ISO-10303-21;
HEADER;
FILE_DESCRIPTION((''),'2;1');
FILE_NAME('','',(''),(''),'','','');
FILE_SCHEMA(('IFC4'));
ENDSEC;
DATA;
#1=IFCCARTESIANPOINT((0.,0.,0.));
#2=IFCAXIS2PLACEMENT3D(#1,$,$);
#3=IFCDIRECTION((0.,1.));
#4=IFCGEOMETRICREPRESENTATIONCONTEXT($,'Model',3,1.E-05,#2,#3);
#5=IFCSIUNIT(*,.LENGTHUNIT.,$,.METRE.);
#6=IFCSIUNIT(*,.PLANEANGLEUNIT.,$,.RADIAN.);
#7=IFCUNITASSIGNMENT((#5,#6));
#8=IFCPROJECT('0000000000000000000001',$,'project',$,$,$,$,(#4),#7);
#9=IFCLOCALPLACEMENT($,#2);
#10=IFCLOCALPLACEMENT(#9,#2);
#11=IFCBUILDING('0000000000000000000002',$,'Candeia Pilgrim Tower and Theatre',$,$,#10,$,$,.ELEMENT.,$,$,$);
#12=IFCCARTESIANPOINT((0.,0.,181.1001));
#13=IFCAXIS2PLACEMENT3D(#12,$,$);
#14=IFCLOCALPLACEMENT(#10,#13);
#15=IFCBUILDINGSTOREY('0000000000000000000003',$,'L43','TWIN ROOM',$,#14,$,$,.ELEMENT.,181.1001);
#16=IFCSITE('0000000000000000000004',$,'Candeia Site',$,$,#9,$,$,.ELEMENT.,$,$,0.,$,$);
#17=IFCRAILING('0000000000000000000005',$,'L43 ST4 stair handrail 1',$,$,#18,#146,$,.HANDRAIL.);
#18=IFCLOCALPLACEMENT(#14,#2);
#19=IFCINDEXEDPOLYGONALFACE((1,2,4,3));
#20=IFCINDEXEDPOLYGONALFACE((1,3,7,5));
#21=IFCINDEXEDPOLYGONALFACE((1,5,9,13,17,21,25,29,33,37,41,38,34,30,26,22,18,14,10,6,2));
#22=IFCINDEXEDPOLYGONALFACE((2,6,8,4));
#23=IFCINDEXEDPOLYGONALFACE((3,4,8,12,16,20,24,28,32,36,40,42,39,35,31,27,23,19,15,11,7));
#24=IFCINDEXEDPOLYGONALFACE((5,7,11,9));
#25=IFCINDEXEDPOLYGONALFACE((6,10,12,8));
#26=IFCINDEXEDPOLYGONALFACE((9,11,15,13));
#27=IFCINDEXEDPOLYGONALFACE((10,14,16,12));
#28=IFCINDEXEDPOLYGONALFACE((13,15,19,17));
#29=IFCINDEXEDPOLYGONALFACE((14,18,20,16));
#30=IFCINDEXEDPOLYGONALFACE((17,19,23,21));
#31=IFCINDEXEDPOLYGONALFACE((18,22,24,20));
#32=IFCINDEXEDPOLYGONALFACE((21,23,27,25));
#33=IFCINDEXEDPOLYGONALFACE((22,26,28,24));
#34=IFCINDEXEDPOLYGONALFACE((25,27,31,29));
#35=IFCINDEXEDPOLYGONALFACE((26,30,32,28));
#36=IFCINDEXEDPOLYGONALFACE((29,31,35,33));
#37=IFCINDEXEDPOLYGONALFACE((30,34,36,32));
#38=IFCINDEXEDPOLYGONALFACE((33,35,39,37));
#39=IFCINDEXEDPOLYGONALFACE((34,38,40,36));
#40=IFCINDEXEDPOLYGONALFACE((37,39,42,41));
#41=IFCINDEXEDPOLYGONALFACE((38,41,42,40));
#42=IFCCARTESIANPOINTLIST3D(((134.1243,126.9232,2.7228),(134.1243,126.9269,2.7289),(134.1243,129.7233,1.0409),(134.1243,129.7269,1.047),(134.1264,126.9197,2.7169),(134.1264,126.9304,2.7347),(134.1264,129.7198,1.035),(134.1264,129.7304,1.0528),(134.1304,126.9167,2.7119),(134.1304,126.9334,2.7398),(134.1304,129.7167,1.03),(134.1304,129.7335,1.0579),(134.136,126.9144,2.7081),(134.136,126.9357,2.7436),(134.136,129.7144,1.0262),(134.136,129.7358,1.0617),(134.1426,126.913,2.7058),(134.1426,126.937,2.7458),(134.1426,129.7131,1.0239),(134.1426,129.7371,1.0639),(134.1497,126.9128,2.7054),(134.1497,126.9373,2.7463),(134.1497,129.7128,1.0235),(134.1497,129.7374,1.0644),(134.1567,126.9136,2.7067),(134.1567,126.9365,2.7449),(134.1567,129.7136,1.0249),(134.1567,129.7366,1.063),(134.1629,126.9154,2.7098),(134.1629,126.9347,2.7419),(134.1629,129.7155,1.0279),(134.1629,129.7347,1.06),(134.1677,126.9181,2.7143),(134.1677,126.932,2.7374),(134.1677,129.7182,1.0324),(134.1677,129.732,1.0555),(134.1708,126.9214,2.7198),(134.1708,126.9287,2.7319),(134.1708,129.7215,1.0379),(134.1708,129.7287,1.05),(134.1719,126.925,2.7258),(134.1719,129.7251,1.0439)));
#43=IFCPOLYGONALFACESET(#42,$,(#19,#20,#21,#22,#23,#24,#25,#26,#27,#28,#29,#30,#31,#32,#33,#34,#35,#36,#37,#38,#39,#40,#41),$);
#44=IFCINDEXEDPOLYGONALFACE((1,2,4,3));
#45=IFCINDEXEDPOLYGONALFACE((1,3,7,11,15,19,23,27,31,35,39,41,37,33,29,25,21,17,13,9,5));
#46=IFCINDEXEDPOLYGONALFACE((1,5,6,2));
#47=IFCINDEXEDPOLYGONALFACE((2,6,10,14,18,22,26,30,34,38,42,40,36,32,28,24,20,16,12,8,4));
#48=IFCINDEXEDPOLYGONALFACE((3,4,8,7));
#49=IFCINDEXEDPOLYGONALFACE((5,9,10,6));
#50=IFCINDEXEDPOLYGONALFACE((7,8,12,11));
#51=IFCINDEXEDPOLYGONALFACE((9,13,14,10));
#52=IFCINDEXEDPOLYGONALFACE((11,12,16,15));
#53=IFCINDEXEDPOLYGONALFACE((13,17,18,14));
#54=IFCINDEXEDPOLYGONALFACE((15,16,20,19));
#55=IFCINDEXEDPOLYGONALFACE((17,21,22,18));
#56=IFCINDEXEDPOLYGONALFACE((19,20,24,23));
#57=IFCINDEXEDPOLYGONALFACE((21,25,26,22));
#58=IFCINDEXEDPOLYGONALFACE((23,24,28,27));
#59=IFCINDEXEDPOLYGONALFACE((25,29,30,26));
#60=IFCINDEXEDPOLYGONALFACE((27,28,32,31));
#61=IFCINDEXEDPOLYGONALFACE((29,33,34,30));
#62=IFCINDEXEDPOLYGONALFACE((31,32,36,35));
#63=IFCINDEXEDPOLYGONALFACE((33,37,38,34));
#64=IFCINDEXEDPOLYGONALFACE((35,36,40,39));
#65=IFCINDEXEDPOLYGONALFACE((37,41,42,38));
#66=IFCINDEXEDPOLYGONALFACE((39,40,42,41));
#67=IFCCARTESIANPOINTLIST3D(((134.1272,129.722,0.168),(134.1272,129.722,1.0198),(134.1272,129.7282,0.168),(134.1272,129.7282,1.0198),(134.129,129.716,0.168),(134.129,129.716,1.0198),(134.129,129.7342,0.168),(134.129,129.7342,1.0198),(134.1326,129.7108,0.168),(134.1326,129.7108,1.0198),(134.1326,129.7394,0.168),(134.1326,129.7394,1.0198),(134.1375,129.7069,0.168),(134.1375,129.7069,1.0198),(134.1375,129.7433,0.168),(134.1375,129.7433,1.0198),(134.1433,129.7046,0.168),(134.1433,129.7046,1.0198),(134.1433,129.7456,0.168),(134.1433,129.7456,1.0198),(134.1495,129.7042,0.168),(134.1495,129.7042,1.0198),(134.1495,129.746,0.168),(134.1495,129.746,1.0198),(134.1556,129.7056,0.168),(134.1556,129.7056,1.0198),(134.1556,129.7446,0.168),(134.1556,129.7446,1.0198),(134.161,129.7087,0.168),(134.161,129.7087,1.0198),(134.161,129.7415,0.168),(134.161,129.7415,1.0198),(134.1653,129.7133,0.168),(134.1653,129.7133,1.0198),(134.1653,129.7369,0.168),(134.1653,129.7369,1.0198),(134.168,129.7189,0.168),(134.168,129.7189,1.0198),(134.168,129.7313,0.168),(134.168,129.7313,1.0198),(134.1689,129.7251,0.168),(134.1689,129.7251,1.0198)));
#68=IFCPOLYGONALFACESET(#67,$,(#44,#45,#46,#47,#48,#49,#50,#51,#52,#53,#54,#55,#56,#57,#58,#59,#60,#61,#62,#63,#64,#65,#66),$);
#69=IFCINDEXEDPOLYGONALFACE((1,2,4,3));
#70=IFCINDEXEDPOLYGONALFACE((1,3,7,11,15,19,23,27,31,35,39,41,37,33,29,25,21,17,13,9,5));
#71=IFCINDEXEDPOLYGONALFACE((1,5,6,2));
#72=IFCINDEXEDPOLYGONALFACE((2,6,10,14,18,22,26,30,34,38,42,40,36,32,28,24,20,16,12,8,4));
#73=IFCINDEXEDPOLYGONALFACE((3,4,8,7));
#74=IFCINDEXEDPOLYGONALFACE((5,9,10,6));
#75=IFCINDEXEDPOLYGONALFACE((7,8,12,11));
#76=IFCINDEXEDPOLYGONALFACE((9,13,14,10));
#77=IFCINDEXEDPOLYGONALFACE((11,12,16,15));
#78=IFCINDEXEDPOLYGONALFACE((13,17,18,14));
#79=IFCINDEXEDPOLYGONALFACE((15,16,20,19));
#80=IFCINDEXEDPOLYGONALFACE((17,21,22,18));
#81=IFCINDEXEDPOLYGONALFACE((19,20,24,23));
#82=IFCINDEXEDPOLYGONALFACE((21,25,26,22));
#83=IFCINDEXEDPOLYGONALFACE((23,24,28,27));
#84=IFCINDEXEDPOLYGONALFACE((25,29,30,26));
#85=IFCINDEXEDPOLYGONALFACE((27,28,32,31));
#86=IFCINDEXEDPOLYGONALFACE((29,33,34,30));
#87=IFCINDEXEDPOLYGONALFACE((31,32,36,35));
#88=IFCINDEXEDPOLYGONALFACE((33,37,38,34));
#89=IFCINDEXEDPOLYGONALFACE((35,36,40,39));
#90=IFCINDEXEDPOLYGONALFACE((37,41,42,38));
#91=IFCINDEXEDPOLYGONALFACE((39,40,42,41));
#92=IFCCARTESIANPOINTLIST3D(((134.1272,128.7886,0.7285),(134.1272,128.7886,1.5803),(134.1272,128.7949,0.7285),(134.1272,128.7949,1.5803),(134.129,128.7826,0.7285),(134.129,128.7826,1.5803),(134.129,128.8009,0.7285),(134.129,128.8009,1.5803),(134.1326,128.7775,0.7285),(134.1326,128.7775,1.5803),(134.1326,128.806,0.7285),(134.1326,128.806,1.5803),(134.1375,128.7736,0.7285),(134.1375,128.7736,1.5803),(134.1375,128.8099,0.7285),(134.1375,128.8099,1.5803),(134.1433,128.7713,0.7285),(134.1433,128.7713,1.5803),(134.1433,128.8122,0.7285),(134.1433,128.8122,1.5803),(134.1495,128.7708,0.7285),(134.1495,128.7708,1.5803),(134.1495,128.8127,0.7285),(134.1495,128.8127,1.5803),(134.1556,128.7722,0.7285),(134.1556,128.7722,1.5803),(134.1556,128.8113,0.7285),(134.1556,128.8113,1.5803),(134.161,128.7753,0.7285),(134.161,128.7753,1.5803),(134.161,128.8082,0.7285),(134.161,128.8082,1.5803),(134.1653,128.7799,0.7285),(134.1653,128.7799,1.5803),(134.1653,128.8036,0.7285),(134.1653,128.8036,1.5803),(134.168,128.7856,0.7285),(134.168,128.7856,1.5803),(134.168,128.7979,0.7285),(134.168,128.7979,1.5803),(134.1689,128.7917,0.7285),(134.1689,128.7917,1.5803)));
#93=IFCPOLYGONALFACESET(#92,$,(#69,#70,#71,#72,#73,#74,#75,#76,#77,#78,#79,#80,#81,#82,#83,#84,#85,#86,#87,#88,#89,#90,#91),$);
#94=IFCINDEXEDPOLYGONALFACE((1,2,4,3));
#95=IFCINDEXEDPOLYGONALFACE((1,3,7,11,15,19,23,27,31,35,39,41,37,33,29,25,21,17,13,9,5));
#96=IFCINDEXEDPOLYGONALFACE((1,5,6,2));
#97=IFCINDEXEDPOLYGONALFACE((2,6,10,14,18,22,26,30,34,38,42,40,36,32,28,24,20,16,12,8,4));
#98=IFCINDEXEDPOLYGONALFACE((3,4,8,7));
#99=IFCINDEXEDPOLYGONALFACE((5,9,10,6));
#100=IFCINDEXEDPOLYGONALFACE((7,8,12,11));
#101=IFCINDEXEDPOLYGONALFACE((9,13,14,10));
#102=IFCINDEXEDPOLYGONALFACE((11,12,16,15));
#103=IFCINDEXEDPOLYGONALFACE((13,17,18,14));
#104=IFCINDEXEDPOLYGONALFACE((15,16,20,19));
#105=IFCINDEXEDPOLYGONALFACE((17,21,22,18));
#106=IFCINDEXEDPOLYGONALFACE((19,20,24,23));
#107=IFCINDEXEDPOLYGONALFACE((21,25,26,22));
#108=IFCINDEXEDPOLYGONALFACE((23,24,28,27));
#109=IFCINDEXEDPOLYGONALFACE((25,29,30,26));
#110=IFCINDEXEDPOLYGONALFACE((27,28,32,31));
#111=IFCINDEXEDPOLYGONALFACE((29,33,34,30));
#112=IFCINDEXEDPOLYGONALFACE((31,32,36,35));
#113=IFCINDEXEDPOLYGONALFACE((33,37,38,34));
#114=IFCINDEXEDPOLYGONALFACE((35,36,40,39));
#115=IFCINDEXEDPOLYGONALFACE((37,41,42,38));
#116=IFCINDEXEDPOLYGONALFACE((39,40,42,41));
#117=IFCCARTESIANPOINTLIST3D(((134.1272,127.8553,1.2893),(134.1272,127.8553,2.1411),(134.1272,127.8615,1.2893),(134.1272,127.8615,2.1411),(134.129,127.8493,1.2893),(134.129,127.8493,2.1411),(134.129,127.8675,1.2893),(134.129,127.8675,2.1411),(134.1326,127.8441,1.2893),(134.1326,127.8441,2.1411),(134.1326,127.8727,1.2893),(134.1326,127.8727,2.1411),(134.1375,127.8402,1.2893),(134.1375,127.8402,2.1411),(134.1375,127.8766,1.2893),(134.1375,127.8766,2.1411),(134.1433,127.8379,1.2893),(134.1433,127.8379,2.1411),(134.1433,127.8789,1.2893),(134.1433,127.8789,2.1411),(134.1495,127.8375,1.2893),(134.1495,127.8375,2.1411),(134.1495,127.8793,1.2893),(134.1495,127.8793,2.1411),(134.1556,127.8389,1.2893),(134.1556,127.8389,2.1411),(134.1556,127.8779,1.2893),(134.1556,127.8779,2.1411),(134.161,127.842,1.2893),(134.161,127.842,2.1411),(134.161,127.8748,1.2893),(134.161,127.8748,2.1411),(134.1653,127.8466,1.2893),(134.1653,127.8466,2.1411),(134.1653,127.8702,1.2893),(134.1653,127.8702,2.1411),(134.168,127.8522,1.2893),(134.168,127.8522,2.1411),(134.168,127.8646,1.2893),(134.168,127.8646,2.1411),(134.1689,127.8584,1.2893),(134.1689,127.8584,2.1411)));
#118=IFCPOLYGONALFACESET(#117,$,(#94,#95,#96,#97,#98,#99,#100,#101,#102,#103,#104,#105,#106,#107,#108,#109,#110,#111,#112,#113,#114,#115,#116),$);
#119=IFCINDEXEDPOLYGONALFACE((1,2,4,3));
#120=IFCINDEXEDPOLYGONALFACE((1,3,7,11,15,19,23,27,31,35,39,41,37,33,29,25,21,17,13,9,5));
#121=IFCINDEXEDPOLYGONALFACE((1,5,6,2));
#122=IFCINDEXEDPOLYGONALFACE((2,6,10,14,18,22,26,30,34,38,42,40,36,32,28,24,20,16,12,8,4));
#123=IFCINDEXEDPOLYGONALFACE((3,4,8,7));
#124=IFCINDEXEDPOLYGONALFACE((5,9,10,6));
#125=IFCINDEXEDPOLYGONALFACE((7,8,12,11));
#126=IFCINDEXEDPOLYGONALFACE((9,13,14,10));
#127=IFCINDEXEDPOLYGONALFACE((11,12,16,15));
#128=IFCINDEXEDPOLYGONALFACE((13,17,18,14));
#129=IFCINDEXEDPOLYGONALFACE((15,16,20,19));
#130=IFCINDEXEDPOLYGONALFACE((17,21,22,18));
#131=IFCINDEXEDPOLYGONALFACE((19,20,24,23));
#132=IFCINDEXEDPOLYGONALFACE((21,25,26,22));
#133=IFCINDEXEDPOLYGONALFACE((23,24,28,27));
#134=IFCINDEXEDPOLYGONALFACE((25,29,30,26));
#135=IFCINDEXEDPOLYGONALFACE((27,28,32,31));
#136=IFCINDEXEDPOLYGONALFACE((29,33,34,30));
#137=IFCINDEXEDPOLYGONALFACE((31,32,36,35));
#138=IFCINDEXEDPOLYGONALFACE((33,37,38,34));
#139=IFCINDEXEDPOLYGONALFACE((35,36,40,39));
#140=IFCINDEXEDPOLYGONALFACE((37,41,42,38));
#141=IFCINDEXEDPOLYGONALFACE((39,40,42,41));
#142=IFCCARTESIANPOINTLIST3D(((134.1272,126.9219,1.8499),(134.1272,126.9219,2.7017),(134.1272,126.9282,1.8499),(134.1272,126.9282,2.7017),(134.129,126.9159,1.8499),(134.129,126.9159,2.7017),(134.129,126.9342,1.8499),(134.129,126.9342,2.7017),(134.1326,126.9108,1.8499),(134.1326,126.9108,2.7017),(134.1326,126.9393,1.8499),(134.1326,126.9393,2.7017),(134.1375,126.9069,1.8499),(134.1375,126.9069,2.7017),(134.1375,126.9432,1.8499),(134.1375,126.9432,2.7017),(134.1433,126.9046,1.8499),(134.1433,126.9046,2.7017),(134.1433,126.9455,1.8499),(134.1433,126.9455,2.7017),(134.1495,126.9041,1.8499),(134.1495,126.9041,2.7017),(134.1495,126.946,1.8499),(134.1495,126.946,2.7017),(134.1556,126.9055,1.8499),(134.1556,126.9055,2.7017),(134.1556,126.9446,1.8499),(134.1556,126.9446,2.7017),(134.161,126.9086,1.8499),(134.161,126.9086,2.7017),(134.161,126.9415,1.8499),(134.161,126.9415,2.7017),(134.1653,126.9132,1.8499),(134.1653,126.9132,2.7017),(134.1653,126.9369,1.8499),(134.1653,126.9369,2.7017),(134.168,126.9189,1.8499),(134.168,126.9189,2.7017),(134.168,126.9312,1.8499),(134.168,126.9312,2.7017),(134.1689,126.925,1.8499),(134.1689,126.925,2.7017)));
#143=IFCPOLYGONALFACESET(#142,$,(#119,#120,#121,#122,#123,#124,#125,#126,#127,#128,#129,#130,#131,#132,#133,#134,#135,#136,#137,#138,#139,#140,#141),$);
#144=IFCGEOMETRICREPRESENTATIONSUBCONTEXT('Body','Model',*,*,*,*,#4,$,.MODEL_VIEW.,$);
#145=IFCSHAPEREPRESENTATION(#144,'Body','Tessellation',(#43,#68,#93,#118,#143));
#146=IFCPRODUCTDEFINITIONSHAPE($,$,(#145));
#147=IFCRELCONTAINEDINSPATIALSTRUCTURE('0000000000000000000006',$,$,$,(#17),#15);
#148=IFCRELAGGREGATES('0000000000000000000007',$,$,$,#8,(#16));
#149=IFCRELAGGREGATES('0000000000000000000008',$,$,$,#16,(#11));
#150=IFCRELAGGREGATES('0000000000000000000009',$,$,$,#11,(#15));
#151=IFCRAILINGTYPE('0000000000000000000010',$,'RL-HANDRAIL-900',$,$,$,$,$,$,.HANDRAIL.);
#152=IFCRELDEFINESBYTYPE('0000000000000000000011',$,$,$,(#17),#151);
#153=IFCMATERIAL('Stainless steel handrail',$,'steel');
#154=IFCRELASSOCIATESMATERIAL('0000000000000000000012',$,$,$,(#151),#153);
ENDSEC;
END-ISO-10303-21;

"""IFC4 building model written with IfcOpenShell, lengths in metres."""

from ifc_helpers import new_model, si_unit, direction, frame, origin, origin_2d, place, context, subcontext, project, spatial, circle, extrude, material, type_object, element, save


model = new_model("IFC4")

# Units and contexts
model_context = context("Model", 3, precision=1e-05, world=origin(), true_north=direction((0.0, 1.0)))
body_context = subcontext(model_context, "Body", "Model", "MODEL_VIEW")
ifc_project = project(units=[si_unit("LENGTHUNIT", "METRE"), si_unit("PLANEANGLEUNIT", "RADIAN")], contexts=[model_context])

# Site, building, storey
site_placement = place(None, origin())
site = spatial("IfcSite", under=ifc_project, at=site_placement, Name="Candeia Site", CompositionType="ELEMENT", RefElevation=0.0)
building_placement = place(site_placement, origin())
building = spatial("IfcBuilding", under=site, at=building_placement, Name="Candeia Pilgrim Tower and Theatre", CompositionType="ELEMENT")
storey_placement = place(building_placement, frame((0.0, 0.0, 181.1001)))
storey = spatial("IfcBuildingStorey", under=building, at=storey_placement, Name="L43", Description="TWIN ROOM", CompositionType="ELEMENT", Elevation=181.1001)

# Railing
ifc_material_1 = material(Name="Stainless steel handrail", Category="steel")
railing_type_1 = type_object("IfcRailingType", Name="RL-HANDRAIL-900", PredefinedType="HANDRAIL", material=ifc_material_1)
railing_1_placement = place(storey_placement, frame((134.1479, 129.7251, 0.168)))
element("IfcRailing", 1, at=railing_1_placement, inside=storey, type_object=railing_type_1, Name="L43 ST4 stair handrail 1", PredefinedType="HANDRAIL", context=body_context, shape_type="SweptSolid", body=[
    extrude(circle(Radius=0.0239, at=origin_2d()), frame((0.0, 0.0, 0.876), z_axis=(0.0, -0.857242, 0.514913), x_axis=(1.0, 0.0, 0.0)), (0.0, 0.0, 1.0), 3.2664),
    extrude(circle(Radius=0.021, at=origin_2d()), origin(), (0.0, 0.0, 1.0), 0.8518),
    extrude(circle(Radius=0.021, at=origin_2d()), frame((0.0, -0.9333, 0.5605)), (0.0, 0.0, 1.0), 0.8518),
    extrude(circle(Radius=0.021, at=origin_2d()), frame((0.0, -1.8667, 1.1213)), (0.0, 0.0, 1.0), 0.8518),
    extrude(circle(Radius=0.021, at=origin_2d()), frame((0.0, -2.8, 1.6819)), (0.0, 0.0, 1.0), 0.8518),
])

save(model, "model.ifc")
